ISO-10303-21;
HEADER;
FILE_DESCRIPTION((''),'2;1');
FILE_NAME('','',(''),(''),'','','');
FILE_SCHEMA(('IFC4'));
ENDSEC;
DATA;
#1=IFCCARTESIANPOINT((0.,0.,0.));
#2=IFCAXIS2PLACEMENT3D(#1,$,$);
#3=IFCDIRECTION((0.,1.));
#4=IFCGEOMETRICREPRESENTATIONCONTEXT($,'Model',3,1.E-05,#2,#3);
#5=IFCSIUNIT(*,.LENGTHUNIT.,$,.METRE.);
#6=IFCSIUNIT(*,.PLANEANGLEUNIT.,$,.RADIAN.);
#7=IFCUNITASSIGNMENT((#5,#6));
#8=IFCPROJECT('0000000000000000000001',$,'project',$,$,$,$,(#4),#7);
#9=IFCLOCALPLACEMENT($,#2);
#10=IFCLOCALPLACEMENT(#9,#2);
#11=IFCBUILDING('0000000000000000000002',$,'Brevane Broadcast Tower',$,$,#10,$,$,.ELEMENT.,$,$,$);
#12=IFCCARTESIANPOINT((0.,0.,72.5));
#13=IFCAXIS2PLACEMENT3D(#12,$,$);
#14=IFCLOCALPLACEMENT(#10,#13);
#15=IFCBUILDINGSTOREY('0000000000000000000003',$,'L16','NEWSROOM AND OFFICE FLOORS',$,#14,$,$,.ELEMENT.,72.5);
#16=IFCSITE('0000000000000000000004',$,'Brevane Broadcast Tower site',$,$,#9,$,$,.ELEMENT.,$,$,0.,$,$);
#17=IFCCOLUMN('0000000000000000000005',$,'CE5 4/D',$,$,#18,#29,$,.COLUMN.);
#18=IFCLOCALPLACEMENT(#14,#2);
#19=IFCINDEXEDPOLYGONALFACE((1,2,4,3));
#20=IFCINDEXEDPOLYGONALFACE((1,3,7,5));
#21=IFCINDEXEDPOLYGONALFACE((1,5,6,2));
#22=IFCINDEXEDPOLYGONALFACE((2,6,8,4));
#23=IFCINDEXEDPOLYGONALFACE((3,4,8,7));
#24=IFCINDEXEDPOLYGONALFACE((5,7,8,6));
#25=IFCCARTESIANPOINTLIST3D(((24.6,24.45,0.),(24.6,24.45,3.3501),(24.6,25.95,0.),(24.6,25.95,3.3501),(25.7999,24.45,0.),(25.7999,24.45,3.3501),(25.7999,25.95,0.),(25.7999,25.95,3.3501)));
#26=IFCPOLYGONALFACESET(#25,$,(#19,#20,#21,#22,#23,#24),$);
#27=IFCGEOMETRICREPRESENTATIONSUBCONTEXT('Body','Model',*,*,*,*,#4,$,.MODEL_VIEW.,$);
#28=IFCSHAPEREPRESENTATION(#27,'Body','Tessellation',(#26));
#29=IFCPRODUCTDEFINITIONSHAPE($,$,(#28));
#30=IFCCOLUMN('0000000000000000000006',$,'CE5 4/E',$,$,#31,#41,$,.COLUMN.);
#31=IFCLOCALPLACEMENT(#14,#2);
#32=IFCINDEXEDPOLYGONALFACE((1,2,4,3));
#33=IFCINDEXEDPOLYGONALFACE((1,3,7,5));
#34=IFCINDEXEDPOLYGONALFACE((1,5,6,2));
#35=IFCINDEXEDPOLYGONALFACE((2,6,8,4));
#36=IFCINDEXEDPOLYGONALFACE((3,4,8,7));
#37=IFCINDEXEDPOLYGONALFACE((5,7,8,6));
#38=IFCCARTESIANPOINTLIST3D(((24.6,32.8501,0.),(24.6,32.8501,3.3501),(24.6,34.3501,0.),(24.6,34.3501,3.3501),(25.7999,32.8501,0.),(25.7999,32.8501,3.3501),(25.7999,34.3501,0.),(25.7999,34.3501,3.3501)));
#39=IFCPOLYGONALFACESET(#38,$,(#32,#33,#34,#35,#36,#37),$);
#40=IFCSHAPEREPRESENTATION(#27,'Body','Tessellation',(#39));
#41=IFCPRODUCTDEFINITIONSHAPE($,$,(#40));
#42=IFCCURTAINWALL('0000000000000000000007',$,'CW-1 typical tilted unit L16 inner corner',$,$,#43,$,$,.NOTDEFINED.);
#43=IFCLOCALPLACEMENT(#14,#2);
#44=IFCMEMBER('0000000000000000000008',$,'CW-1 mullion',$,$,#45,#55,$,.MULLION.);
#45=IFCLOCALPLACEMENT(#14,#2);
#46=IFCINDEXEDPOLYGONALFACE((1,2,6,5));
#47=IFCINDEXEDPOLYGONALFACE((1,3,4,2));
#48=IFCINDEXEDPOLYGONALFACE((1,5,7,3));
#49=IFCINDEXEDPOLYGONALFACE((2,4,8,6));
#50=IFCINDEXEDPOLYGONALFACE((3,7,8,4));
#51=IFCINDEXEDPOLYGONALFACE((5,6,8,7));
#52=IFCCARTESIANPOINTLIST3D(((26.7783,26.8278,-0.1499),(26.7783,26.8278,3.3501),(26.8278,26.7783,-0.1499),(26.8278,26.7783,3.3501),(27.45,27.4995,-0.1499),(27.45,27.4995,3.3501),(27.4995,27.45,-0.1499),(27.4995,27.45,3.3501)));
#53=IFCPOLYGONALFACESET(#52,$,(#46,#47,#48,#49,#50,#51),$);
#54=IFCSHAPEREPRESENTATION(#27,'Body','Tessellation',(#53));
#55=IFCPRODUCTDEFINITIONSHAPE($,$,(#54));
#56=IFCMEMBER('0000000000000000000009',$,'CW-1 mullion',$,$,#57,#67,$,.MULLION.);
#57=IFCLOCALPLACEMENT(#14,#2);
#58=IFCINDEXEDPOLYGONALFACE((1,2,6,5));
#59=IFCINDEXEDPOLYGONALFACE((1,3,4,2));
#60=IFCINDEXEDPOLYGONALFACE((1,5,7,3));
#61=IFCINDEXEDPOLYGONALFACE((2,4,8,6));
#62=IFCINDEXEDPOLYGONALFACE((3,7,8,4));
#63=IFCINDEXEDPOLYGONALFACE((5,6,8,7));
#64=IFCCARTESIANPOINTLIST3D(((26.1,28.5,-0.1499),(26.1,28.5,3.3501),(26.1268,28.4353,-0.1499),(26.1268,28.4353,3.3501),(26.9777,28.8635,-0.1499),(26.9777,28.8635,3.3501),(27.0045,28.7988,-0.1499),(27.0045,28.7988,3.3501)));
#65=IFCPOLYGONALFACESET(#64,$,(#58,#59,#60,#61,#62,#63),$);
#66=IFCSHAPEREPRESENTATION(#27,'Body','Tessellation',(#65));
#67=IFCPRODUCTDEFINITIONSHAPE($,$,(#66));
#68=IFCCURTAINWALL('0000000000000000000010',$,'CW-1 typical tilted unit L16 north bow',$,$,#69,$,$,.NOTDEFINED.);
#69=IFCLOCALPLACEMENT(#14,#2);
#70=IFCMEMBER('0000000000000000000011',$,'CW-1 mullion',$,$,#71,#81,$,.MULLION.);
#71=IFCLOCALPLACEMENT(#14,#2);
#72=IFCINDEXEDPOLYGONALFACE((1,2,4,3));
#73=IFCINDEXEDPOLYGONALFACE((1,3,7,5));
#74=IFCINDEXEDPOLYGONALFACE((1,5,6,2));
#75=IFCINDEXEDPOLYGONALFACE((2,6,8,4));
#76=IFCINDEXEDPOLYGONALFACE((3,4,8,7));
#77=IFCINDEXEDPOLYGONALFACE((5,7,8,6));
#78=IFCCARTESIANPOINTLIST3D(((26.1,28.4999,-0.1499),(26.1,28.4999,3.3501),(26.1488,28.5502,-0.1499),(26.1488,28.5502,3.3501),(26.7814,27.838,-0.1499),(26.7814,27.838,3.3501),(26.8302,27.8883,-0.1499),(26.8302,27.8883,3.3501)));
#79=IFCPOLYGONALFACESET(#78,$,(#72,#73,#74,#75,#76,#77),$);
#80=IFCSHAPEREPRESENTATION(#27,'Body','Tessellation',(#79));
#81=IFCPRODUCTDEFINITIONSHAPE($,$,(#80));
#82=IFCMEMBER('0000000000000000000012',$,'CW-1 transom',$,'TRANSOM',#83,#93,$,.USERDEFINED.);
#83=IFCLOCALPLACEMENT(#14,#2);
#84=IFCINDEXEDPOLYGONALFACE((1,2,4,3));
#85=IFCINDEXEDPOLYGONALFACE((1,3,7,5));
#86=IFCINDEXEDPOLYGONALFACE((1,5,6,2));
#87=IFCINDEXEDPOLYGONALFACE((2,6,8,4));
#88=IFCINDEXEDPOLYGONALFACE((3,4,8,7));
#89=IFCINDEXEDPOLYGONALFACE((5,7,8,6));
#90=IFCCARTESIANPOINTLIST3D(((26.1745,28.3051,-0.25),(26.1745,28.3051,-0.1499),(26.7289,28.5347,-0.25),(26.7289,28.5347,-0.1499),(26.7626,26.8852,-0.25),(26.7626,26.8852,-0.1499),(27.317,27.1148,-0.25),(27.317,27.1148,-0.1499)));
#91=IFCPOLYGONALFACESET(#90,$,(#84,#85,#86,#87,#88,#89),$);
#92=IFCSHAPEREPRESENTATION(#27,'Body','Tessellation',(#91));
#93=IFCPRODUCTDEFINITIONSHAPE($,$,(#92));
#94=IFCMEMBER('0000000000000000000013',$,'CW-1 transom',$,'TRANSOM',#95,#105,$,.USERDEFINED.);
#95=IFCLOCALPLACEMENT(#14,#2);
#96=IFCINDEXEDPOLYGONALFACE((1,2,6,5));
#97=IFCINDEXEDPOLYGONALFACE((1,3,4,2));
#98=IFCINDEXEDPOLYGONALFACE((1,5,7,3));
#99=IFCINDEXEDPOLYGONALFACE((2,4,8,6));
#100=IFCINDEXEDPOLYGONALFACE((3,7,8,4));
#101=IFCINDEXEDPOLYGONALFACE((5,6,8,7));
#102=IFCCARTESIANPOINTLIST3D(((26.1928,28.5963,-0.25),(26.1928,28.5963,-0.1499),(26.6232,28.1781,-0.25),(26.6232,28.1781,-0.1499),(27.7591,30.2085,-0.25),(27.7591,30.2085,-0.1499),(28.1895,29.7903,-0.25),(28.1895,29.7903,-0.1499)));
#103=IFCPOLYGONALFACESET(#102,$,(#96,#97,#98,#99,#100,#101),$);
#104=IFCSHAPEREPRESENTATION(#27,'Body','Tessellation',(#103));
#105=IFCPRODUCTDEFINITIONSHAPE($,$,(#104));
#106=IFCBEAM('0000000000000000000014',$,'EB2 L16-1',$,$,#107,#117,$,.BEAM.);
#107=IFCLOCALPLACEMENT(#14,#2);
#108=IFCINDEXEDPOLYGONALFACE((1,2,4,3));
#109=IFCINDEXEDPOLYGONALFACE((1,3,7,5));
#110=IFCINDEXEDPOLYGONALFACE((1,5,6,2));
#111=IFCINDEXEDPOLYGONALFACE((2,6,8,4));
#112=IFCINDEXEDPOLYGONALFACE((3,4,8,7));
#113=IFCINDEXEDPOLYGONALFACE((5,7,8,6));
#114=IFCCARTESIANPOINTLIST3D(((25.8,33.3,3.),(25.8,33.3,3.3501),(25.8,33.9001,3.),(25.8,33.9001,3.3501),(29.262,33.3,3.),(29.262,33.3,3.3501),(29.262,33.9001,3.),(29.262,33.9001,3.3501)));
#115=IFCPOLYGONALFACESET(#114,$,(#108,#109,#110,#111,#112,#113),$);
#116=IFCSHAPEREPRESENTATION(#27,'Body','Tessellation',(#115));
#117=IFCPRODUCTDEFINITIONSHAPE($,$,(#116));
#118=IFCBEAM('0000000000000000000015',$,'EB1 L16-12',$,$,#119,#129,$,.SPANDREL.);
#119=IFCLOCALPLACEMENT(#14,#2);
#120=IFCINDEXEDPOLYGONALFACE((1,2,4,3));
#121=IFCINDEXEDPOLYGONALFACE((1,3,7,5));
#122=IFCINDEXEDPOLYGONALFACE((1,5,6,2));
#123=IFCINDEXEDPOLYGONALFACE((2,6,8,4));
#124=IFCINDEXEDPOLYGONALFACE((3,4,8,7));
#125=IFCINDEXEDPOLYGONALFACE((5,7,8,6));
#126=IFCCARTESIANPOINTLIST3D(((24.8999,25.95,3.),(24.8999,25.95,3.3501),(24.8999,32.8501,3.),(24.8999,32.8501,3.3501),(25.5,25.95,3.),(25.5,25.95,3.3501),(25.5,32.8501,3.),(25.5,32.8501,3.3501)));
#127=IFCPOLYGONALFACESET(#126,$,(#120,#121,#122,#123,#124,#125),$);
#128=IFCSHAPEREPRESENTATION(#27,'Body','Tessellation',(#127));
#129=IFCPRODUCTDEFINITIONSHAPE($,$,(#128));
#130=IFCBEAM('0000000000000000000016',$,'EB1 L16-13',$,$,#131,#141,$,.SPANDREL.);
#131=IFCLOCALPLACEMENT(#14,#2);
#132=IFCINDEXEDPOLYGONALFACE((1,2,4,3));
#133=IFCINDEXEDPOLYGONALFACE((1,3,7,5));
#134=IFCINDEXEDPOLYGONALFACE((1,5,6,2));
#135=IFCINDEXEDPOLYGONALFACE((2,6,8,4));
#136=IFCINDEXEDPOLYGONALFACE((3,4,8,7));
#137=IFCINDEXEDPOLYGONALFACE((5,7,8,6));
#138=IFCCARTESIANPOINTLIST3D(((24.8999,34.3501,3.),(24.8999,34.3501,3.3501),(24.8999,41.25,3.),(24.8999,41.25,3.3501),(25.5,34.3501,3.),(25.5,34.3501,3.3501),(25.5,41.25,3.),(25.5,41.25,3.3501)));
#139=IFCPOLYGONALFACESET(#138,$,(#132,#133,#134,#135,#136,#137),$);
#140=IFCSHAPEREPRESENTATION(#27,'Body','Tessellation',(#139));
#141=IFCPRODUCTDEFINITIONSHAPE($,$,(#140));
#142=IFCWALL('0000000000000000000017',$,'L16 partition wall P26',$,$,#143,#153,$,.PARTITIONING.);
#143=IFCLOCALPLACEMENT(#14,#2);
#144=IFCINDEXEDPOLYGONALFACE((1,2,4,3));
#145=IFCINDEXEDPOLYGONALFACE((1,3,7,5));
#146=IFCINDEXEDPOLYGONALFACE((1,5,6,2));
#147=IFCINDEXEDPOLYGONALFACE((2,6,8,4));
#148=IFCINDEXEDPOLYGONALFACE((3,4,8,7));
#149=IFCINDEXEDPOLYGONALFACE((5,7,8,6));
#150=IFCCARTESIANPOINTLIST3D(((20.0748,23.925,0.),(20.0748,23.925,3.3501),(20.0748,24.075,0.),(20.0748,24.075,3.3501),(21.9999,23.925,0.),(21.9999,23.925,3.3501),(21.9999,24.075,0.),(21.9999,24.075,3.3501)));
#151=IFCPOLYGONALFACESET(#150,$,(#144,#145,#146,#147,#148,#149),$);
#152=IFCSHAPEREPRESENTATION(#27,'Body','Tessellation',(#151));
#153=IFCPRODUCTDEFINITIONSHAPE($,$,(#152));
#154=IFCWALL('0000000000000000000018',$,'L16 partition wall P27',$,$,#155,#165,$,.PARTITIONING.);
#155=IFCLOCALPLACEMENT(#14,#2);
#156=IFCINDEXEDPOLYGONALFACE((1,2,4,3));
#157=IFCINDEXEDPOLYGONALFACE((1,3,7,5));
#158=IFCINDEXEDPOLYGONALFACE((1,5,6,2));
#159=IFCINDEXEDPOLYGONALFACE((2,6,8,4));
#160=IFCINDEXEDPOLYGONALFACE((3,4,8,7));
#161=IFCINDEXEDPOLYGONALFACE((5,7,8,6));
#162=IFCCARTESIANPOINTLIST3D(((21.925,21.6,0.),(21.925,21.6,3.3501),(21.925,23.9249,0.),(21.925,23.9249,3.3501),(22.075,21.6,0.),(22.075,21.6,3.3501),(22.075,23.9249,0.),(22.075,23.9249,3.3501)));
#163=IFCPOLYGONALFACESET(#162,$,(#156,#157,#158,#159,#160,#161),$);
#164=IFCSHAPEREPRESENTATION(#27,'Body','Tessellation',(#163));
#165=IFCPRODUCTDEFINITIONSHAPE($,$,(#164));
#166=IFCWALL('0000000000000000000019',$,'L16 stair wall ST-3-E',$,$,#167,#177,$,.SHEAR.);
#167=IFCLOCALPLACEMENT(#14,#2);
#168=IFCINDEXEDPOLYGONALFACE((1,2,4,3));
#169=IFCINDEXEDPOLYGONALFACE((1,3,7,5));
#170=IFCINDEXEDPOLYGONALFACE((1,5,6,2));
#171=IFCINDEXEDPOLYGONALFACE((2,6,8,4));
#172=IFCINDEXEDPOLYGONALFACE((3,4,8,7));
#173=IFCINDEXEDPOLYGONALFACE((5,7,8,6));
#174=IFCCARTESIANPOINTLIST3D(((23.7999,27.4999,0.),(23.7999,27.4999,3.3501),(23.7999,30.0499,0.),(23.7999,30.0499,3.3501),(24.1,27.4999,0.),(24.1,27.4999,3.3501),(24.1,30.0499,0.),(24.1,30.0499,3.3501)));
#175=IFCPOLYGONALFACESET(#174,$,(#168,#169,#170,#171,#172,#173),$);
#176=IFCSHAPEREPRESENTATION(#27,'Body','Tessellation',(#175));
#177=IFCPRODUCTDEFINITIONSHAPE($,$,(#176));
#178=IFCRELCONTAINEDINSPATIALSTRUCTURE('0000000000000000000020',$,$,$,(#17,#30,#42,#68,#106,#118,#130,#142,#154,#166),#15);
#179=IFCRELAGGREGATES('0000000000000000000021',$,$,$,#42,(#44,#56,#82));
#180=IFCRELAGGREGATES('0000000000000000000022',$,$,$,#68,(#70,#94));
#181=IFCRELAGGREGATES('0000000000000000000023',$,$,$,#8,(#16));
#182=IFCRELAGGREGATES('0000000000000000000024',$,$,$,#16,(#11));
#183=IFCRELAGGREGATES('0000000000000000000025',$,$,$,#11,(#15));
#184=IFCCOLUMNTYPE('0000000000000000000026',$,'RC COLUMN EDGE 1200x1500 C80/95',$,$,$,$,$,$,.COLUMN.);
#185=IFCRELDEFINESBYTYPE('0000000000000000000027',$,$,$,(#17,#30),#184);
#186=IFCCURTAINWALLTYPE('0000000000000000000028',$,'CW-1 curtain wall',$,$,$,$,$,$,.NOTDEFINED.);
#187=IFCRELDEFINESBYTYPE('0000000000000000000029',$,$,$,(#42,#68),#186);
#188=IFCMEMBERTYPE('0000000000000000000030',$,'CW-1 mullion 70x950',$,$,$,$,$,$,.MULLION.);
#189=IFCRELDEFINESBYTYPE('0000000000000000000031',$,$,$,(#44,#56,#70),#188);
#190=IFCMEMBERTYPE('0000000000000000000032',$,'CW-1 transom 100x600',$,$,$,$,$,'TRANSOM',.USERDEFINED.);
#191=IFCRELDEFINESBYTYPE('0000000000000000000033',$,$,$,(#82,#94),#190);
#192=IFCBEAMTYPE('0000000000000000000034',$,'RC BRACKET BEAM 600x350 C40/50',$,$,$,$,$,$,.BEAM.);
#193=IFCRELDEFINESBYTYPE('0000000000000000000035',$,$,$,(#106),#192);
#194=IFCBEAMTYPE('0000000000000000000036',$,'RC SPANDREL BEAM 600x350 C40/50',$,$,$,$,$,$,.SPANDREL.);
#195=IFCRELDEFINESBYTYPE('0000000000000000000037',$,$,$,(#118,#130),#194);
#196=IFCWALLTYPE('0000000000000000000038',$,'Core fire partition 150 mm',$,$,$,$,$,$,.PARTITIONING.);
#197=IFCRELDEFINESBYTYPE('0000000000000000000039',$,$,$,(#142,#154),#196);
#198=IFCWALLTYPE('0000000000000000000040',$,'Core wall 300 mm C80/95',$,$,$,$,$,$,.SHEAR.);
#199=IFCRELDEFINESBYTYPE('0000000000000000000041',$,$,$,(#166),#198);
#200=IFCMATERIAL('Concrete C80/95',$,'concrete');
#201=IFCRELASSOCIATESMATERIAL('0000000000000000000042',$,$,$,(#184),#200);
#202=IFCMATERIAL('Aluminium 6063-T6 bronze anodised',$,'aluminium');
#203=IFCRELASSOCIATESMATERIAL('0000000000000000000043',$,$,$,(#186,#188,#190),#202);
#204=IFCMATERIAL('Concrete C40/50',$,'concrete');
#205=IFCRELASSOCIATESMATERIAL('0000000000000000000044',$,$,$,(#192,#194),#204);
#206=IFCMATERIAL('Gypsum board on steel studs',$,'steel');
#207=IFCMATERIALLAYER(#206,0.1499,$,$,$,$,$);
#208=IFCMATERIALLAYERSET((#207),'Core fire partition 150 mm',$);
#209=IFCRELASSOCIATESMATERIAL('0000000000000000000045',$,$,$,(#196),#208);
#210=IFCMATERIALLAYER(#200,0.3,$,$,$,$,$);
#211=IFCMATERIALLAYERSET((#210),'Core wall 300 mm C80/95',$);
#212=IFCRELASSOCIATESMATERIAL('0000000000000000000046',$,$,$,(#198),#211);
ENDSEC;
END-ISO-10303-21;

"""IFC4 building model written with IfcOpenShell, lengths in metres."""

from ifc_helpers import new_model, si_unit, direction, frame, frame_2d, origin, origin_2d, place, context, subcontext, project, spatial, rectangle, extrude, material, layer, layer_set, material_profile, profile_set, type_object, element, aggregate, save


model = new_model("IFC4")

# Units and contexts
model_context = context("Model", 3, precision=1e-05, world=origin(), true_north=direction((0.0, 1.0)))
body_context = subcontext(model_context, "Body", "Model", "MODEL_VIEW")
ifc_project = project(units=[si_unit("LENGTHUNIT", "METRE"), si_unit("PLANEANGLEUNIT", "RADIAN")], contexts=[model_context])

# Site, building, storey
site_placement = place(None, origin())
site = spatial("IfcSite", under=ifc_project, at=site_placement, Name="Brevane Broadcast Tower site", CompositionType="ELEMENT", RefElevation=0.0)
building_placement = place(site_placement, origin())
building = spatial("IfcBuilding", under=site, at=building_placement, Name="Brevane Broadcast Tower", CompositionType="ELEMENT")
storey_placement = place(building_placement, frame((0.0, 0.0, 72.5)))
storey = spatial("IfcBuildingStorey", under=building, at=storey_placement, Name="L16", Description="NEWSROOM AND OFFICE FLOORS", CompositionType="ELEMENT", Elevation=72.5)

# Columns
ifc_material_1 = material(Name="Concrete C80/95", Category="concrete")
ifc_material_profile_1 = material_profile(ifc_material_1, rectangle(XDim=1.2, YDim=1.5, at=origin_2d()), Name="RC 1200x1500")
ifc_profile_set_1 = profile_set([ifc_material_profile_1], Name="Concrete C80/95")
column_type = type_object("IfcColumnType", Name="RC COLUMN EDGE 1200x1500 C80/95", PredefinedType="COLUMN", material=ifc_profile_set_1)
for number, where, z_axis, x_axis, name in (
    (1, (25.2, 25.2, 0.0), (0.0, 0.0, 1.0), (1.0, 0.0, 0.0), "CE5 4/D"),
    (2, (25.2, 33.6001, 0.0), (0.0, 0.0, 1.0), (1.0, 0.0, 0.0), "CE5 4/E"),
):
    element("IfcColumn", number, at=place(storey_placement, frame(where, z_axis=z_axis, x_axis=x_axis)), inside=storey, type_object=column_type, Name=name, PredefinedType="COLUMN", context=body_context, shape_type="SweptSolid", body=[
        extrude(rectangle(XDim=1.2, YDim=1.5, at=origin_2d()), origin(), (0.0, 0.0, 1.0), 3.3501),
    ])

# Curtain wall, members
ifc_material_2 = material(Name="Aluminium 6063-T6 bronze anodised", Category="aluminium")
curtain_wall_type = type_object("IfcCurtainWallType", Name="CW-1 curtain wall", PredefinedType="NOTDEFINED", material=ifc_material_2)
curtain_wall_1_placement = place(storey_placement, origin())
curtain_wall_1 = element("IfcCurtainWall", 3, at=curtain_wall_1_placement, inside=storey, type_object=curtain_wall_type, Name="CW-1 typical tilted unit L16 inner corner", PredefinedType="NOTDEFINED")
ifc_material_profile_2 = material_profile(ifc_material_2, rectangle(XDim=0.95, YDim=0.0701, at=origin_2d()), Name="RECT 70x950")
ifc_profile_set_2 = profile_set([ifc_material_profile_2], Name="Aluminium 6063-T6 bronze anodised")
member_type_1 = type_object("IfcMemberType", Name="CW-1 mullion 70x950", PredefinedType="MULLION", material=ifc_profile_set_2)
member_1_placement = place(storey_placement, frame((27.1389, 27.1389, -0.1499), z_axis=(0.0, 0.0, 1.0), x_axis=(-0.707107, -0.707107, 0.0)))
member_1 = element("IfcMember", 4, at=member_1_placement, type_object=member_type_1, Name="CW-1 mullion", PredefinedType="MULLION", context=body_context, shape_type="SweptSolid", body=[
    extrude(rectangle(XDim=0.95, YDim=0.0701, at=origin_2d()), origin(), (0.0, 0.0, 1.0), 3.5),
])
member_2_placement = place(storey_placement, frame((26.5522, 28.6494, -0.1499), z_axis=(0.0, 0.0, 1.0), x_axis=(-0.923879, -0.382684, 0.0)))
member_2 = element("IfcMember", 5, at=member_2_placement, type_object=member_type_1, Name="CW-1 mullion", PredefinedType="MULLION", context=body_context, shape_type="SweptSolid", body=[
    extrude(rectangle(XDim=0.95, YDim=0.0701, at=origin_2d()), origin(), (0.0, 0.0, 1.0), 3.5),
])

# Curtain wall, member
curtain_wall_2_placement = place(storey_placement, origin())
curtain_wall_2 = element("IfcCurtainWall", 6, at=curtain_wall_2_placement, inside=storey, type_object=curtain_wall_type, Name="CW-1 typical tilted unit L16 north bow", PredefinedType="NOTDEFINED")
member_3_placement = place(storey_placement, frame((26.4651, 28.1941, -0.1499), z_axis=(0.0, 0.0, 1.0), x_axis=(-0.717254, 0.696812, 0.0)))
member_3 = element("IfcMember", 7, at=member_3_placement, type_object=member_type_1, Name="CW-1 mullion", PredefinedType="MULLION", context=body_context, shape_type="SweptSolid", body=[
    extrude(rectangle(XDim=0.95, YDim=0.0701, at=origin_2d()), origin(), (0.0, 0.0, 1.0), 3.5),
])

# Members
ifc_material_profile_3 = material_profile(ifc_material_2, rectangle(XDim=0.6001, YDim=0.1001, at=origin_2d()), Name="RECT 100x600")
ifc_profile_set_3 = profile_set([ifc_material_profile_3], Name="Aluminium 6063-T6 bronze anodised")
member_type_2 = type_object("IfcMemberType", Name="CW-1 transom 100x600", ElementType="TRANSOM", PredefinedType="USERDEFINED", material=ifc_profile_set_3)
member_4_placement = place(storey_placement, frame((27.0398, 27.0, -0.2), z_axis=(-0.382674, 0.923883, 0.0), x_axis=(-0.923883, -0.382674, 0.0)))
member_4 = element("IfcMember", 8, at=member_4_placement, type_object=member_type_2, Name="CW-1 transom", ObjectType="TRANSOM", PredefinedType="USERDEFINED", context=body_context, shape_type="SweptSolid", body=[
    extrude(rectangle(XDim=0.6001, YDim=0.1001, at=origin_2d()), origin(), (0.0, 0.0, 1.0), 1.5369),
])
aggregate(curtain_wall_1, [member_1, member_2, member_4])
member_5_placement = place(storey_placement, frame((26.408, 28.3872, -0.2), z_axis=(0.696824, 0.717242, 0.0), x_axis=(-0.717242, 0.696824, 0.0)))
member_5 = element("IfcMember", 9, at=member_5_placement, type_object=member_type_2, Name="CW-1 transom", ObjectType="TRANSOM", PredefinedType="USERDEFINED", context=body_context, shape_type="SweptSolid", body=[
    extrude(rectangle(XDim=0.6001, YDim=0.1001, at=origin_2d()), origin(), (0.0, 0.0, 1.0), 2.2478),
])
aggregate(curtain_wall_2, [member_3, member_5])

# Beams
ifc_material_3 = material(Name="Concrete C40/50", Category="concrete")
ifc_material_profile_4 = material_profile(ifc_material_3, rectangle(XDim=0.6001, YDim=0.3501, at=origin_2d()), Name="RC 600x350")
ifc_profile_set_4 = profile_set([ifc_material_profile_4], Name="Concrete C40/50")
beam_type_1 = type_object("IfcBeamType", Name="RC BRACKET BEAM 600x350 C40/50", PredefinedType="BEAM", material=ifc_profile_set_4)
beam_1_placement = place(storey_placement, frame((25.8, 33.6001, 3.175), z_axis=(1.0, 0.0, 0.0), x_axis=(0.0, 1.0, 0.0)))
element("IfcBeam", 10, at=beam_1_placement, inside=storey, type_object=beam_type_1, Name="EB2 L16-1", PredefinedType="BEAM", context=body_context, shape_type="SweptSolid", body=[
    extrude(rectangle(XDim=0.6001, YDim=0.3501, at=origin_2d()), origin(), (0.0, 0.0, 1.0), 3.4619),
])
ifc_material_profile_5 = material_profile(ifc_material_3, rectangle(XDim=0.6001, YDim=0.3501, at=origin_2d()), Name="RC 600x350")
ifc_profile_set_5 = profile_set([ifc_material_profile_5], Name="Concrete C40/50")
beam_type_2 = type_object("IfcBeamType", Name="RC SPANDREL BEAM 600x350 C40/50", PredefinedType="SPANDREL", material=ifc_profile_set_5)
beam_2_placement = place(storey_placement, frame((25.2, 25.95, 3.175), z_axis=(0.0, 1.0, 0.0), x_axis=(-1.0, 0.0, 0.0)))
element("IfcBeam", 11, at=beam_2_placement, inside=storey, type_object=beam_type_2, Name="EB1 L16-12", PredefinedType="SPANDREL", context=body_context, shape_type="SweptSolid", body=[
    extrude(rectangle(XDim=0.6001, YDim=0.3501, at=origin_2d()), origin(), (0.0, 0.0, 1.0), 6.9001),
])
beam_3_placement = place(storey_placement, frame((25.2, 34.3501, 3.175), z_axis=(0.0, 1.0, 0.0), x_axis=(-1.0, 0.0, 0.0)))
element("IfcBeam", 12, at=beam_3_placement, inside=storey, type_object=beam_type_2, Name="EB1 L16-13", PredefinedType="SPANDREL", context=body_context, shape_type="SweptSolid", body=[
    extrude(rectangle(XDim=0.6001, YDim=0.3501, at=origin_2d()), origin(), (0.0, 0.0, 1.0), 6.8999),
])

# Walls
ifc_material_4 = material(Name="Gypsum board on steel studs", Category="steel")
ifc_layer_1 = layer(ifc_material_4, 0.1499)
ifc_layer_set_1 = layer_set([ifc_layer_1], Name="Core fire partition 150 mm")
wall_type_1 = type_object("IfcWallType", Name="Core fire partition 150 mm", PredefinedType="PARTITIONING", material=ifc_layer_set_1)
wall_1_placement = place(storey_placement, frame((20.075, 24.0, 0.0), z_axis=(0.0, 0.0, 1.0), x_axis=(1.0, 0.0, 0.0)))
element("IfcWall", 13, at=wall_1_placement, inside=storey, type_object=wall_type_1, Name="L16 partition wall P26", PredefinedType="PARTITIONING", context=body_context, shape_type="SweptSolid", body=[
    extrude(rectangle(XDim=1.925, YDim=0.1499, at=frame_2d((0.9624, 0.0))), origin(), (0.0, 0.0, 1.0), 3.3501),
])
wall_2_placement = place(storey_placement, frame((22.0, 23.925, 0.0), z_axis=(0.0, 0.0, 1.0), x_axis=(0.0, -1.0, 0.0)))
element("IfcWall", 14, at=wall_2_placement, inside=storey, type_object=wall_type_1, Name="L16 partition wall P27", PredefinedType="PARTITIONING", context=body_context, shape_type="SweptSolid", body=[
    extrude(rectangle(XDim=2.325, YDim=0.1499, at=frame_2d((1.1626, 0.0))), origin(), (0.0, 0.0, 1.0), 3.3501),
])
ifc_layer_2 = layer(ifc_material_1, 0.3)
ifc_layer_set_2 = layer_set([ifc_layer_2], Name="Core wall 300 mm C80/95")
wall_type_2 = type_object("IfcWallType", Name="Core wall 300 mm C80/95", PredefinedType="SHEAR", material=ifc_layer_set_2)
wall_3_placement = place(storey_placement, frame((23.95, 27.5, 0.0), z_axis=(0.0, 0.0, 1.0), x_axis=(0.0, 1.0, 0.0)))
element("IfcWall", 15, at=wall_3_placement, inside=storey, type_object=wall_type_2, Name="L16 stair wall ST-3-E", PredefinedType="SHEAR", context=body_context, shape_type="SweptSolid", body=[
    extrude(rectangle(XDim=2.55, YDim=0.3, at=frame_2d((1.2749, 0.0))), origin(), (0.0, 0.0, 1.0), 3.3501),
])

save(model, "model.ifc")
